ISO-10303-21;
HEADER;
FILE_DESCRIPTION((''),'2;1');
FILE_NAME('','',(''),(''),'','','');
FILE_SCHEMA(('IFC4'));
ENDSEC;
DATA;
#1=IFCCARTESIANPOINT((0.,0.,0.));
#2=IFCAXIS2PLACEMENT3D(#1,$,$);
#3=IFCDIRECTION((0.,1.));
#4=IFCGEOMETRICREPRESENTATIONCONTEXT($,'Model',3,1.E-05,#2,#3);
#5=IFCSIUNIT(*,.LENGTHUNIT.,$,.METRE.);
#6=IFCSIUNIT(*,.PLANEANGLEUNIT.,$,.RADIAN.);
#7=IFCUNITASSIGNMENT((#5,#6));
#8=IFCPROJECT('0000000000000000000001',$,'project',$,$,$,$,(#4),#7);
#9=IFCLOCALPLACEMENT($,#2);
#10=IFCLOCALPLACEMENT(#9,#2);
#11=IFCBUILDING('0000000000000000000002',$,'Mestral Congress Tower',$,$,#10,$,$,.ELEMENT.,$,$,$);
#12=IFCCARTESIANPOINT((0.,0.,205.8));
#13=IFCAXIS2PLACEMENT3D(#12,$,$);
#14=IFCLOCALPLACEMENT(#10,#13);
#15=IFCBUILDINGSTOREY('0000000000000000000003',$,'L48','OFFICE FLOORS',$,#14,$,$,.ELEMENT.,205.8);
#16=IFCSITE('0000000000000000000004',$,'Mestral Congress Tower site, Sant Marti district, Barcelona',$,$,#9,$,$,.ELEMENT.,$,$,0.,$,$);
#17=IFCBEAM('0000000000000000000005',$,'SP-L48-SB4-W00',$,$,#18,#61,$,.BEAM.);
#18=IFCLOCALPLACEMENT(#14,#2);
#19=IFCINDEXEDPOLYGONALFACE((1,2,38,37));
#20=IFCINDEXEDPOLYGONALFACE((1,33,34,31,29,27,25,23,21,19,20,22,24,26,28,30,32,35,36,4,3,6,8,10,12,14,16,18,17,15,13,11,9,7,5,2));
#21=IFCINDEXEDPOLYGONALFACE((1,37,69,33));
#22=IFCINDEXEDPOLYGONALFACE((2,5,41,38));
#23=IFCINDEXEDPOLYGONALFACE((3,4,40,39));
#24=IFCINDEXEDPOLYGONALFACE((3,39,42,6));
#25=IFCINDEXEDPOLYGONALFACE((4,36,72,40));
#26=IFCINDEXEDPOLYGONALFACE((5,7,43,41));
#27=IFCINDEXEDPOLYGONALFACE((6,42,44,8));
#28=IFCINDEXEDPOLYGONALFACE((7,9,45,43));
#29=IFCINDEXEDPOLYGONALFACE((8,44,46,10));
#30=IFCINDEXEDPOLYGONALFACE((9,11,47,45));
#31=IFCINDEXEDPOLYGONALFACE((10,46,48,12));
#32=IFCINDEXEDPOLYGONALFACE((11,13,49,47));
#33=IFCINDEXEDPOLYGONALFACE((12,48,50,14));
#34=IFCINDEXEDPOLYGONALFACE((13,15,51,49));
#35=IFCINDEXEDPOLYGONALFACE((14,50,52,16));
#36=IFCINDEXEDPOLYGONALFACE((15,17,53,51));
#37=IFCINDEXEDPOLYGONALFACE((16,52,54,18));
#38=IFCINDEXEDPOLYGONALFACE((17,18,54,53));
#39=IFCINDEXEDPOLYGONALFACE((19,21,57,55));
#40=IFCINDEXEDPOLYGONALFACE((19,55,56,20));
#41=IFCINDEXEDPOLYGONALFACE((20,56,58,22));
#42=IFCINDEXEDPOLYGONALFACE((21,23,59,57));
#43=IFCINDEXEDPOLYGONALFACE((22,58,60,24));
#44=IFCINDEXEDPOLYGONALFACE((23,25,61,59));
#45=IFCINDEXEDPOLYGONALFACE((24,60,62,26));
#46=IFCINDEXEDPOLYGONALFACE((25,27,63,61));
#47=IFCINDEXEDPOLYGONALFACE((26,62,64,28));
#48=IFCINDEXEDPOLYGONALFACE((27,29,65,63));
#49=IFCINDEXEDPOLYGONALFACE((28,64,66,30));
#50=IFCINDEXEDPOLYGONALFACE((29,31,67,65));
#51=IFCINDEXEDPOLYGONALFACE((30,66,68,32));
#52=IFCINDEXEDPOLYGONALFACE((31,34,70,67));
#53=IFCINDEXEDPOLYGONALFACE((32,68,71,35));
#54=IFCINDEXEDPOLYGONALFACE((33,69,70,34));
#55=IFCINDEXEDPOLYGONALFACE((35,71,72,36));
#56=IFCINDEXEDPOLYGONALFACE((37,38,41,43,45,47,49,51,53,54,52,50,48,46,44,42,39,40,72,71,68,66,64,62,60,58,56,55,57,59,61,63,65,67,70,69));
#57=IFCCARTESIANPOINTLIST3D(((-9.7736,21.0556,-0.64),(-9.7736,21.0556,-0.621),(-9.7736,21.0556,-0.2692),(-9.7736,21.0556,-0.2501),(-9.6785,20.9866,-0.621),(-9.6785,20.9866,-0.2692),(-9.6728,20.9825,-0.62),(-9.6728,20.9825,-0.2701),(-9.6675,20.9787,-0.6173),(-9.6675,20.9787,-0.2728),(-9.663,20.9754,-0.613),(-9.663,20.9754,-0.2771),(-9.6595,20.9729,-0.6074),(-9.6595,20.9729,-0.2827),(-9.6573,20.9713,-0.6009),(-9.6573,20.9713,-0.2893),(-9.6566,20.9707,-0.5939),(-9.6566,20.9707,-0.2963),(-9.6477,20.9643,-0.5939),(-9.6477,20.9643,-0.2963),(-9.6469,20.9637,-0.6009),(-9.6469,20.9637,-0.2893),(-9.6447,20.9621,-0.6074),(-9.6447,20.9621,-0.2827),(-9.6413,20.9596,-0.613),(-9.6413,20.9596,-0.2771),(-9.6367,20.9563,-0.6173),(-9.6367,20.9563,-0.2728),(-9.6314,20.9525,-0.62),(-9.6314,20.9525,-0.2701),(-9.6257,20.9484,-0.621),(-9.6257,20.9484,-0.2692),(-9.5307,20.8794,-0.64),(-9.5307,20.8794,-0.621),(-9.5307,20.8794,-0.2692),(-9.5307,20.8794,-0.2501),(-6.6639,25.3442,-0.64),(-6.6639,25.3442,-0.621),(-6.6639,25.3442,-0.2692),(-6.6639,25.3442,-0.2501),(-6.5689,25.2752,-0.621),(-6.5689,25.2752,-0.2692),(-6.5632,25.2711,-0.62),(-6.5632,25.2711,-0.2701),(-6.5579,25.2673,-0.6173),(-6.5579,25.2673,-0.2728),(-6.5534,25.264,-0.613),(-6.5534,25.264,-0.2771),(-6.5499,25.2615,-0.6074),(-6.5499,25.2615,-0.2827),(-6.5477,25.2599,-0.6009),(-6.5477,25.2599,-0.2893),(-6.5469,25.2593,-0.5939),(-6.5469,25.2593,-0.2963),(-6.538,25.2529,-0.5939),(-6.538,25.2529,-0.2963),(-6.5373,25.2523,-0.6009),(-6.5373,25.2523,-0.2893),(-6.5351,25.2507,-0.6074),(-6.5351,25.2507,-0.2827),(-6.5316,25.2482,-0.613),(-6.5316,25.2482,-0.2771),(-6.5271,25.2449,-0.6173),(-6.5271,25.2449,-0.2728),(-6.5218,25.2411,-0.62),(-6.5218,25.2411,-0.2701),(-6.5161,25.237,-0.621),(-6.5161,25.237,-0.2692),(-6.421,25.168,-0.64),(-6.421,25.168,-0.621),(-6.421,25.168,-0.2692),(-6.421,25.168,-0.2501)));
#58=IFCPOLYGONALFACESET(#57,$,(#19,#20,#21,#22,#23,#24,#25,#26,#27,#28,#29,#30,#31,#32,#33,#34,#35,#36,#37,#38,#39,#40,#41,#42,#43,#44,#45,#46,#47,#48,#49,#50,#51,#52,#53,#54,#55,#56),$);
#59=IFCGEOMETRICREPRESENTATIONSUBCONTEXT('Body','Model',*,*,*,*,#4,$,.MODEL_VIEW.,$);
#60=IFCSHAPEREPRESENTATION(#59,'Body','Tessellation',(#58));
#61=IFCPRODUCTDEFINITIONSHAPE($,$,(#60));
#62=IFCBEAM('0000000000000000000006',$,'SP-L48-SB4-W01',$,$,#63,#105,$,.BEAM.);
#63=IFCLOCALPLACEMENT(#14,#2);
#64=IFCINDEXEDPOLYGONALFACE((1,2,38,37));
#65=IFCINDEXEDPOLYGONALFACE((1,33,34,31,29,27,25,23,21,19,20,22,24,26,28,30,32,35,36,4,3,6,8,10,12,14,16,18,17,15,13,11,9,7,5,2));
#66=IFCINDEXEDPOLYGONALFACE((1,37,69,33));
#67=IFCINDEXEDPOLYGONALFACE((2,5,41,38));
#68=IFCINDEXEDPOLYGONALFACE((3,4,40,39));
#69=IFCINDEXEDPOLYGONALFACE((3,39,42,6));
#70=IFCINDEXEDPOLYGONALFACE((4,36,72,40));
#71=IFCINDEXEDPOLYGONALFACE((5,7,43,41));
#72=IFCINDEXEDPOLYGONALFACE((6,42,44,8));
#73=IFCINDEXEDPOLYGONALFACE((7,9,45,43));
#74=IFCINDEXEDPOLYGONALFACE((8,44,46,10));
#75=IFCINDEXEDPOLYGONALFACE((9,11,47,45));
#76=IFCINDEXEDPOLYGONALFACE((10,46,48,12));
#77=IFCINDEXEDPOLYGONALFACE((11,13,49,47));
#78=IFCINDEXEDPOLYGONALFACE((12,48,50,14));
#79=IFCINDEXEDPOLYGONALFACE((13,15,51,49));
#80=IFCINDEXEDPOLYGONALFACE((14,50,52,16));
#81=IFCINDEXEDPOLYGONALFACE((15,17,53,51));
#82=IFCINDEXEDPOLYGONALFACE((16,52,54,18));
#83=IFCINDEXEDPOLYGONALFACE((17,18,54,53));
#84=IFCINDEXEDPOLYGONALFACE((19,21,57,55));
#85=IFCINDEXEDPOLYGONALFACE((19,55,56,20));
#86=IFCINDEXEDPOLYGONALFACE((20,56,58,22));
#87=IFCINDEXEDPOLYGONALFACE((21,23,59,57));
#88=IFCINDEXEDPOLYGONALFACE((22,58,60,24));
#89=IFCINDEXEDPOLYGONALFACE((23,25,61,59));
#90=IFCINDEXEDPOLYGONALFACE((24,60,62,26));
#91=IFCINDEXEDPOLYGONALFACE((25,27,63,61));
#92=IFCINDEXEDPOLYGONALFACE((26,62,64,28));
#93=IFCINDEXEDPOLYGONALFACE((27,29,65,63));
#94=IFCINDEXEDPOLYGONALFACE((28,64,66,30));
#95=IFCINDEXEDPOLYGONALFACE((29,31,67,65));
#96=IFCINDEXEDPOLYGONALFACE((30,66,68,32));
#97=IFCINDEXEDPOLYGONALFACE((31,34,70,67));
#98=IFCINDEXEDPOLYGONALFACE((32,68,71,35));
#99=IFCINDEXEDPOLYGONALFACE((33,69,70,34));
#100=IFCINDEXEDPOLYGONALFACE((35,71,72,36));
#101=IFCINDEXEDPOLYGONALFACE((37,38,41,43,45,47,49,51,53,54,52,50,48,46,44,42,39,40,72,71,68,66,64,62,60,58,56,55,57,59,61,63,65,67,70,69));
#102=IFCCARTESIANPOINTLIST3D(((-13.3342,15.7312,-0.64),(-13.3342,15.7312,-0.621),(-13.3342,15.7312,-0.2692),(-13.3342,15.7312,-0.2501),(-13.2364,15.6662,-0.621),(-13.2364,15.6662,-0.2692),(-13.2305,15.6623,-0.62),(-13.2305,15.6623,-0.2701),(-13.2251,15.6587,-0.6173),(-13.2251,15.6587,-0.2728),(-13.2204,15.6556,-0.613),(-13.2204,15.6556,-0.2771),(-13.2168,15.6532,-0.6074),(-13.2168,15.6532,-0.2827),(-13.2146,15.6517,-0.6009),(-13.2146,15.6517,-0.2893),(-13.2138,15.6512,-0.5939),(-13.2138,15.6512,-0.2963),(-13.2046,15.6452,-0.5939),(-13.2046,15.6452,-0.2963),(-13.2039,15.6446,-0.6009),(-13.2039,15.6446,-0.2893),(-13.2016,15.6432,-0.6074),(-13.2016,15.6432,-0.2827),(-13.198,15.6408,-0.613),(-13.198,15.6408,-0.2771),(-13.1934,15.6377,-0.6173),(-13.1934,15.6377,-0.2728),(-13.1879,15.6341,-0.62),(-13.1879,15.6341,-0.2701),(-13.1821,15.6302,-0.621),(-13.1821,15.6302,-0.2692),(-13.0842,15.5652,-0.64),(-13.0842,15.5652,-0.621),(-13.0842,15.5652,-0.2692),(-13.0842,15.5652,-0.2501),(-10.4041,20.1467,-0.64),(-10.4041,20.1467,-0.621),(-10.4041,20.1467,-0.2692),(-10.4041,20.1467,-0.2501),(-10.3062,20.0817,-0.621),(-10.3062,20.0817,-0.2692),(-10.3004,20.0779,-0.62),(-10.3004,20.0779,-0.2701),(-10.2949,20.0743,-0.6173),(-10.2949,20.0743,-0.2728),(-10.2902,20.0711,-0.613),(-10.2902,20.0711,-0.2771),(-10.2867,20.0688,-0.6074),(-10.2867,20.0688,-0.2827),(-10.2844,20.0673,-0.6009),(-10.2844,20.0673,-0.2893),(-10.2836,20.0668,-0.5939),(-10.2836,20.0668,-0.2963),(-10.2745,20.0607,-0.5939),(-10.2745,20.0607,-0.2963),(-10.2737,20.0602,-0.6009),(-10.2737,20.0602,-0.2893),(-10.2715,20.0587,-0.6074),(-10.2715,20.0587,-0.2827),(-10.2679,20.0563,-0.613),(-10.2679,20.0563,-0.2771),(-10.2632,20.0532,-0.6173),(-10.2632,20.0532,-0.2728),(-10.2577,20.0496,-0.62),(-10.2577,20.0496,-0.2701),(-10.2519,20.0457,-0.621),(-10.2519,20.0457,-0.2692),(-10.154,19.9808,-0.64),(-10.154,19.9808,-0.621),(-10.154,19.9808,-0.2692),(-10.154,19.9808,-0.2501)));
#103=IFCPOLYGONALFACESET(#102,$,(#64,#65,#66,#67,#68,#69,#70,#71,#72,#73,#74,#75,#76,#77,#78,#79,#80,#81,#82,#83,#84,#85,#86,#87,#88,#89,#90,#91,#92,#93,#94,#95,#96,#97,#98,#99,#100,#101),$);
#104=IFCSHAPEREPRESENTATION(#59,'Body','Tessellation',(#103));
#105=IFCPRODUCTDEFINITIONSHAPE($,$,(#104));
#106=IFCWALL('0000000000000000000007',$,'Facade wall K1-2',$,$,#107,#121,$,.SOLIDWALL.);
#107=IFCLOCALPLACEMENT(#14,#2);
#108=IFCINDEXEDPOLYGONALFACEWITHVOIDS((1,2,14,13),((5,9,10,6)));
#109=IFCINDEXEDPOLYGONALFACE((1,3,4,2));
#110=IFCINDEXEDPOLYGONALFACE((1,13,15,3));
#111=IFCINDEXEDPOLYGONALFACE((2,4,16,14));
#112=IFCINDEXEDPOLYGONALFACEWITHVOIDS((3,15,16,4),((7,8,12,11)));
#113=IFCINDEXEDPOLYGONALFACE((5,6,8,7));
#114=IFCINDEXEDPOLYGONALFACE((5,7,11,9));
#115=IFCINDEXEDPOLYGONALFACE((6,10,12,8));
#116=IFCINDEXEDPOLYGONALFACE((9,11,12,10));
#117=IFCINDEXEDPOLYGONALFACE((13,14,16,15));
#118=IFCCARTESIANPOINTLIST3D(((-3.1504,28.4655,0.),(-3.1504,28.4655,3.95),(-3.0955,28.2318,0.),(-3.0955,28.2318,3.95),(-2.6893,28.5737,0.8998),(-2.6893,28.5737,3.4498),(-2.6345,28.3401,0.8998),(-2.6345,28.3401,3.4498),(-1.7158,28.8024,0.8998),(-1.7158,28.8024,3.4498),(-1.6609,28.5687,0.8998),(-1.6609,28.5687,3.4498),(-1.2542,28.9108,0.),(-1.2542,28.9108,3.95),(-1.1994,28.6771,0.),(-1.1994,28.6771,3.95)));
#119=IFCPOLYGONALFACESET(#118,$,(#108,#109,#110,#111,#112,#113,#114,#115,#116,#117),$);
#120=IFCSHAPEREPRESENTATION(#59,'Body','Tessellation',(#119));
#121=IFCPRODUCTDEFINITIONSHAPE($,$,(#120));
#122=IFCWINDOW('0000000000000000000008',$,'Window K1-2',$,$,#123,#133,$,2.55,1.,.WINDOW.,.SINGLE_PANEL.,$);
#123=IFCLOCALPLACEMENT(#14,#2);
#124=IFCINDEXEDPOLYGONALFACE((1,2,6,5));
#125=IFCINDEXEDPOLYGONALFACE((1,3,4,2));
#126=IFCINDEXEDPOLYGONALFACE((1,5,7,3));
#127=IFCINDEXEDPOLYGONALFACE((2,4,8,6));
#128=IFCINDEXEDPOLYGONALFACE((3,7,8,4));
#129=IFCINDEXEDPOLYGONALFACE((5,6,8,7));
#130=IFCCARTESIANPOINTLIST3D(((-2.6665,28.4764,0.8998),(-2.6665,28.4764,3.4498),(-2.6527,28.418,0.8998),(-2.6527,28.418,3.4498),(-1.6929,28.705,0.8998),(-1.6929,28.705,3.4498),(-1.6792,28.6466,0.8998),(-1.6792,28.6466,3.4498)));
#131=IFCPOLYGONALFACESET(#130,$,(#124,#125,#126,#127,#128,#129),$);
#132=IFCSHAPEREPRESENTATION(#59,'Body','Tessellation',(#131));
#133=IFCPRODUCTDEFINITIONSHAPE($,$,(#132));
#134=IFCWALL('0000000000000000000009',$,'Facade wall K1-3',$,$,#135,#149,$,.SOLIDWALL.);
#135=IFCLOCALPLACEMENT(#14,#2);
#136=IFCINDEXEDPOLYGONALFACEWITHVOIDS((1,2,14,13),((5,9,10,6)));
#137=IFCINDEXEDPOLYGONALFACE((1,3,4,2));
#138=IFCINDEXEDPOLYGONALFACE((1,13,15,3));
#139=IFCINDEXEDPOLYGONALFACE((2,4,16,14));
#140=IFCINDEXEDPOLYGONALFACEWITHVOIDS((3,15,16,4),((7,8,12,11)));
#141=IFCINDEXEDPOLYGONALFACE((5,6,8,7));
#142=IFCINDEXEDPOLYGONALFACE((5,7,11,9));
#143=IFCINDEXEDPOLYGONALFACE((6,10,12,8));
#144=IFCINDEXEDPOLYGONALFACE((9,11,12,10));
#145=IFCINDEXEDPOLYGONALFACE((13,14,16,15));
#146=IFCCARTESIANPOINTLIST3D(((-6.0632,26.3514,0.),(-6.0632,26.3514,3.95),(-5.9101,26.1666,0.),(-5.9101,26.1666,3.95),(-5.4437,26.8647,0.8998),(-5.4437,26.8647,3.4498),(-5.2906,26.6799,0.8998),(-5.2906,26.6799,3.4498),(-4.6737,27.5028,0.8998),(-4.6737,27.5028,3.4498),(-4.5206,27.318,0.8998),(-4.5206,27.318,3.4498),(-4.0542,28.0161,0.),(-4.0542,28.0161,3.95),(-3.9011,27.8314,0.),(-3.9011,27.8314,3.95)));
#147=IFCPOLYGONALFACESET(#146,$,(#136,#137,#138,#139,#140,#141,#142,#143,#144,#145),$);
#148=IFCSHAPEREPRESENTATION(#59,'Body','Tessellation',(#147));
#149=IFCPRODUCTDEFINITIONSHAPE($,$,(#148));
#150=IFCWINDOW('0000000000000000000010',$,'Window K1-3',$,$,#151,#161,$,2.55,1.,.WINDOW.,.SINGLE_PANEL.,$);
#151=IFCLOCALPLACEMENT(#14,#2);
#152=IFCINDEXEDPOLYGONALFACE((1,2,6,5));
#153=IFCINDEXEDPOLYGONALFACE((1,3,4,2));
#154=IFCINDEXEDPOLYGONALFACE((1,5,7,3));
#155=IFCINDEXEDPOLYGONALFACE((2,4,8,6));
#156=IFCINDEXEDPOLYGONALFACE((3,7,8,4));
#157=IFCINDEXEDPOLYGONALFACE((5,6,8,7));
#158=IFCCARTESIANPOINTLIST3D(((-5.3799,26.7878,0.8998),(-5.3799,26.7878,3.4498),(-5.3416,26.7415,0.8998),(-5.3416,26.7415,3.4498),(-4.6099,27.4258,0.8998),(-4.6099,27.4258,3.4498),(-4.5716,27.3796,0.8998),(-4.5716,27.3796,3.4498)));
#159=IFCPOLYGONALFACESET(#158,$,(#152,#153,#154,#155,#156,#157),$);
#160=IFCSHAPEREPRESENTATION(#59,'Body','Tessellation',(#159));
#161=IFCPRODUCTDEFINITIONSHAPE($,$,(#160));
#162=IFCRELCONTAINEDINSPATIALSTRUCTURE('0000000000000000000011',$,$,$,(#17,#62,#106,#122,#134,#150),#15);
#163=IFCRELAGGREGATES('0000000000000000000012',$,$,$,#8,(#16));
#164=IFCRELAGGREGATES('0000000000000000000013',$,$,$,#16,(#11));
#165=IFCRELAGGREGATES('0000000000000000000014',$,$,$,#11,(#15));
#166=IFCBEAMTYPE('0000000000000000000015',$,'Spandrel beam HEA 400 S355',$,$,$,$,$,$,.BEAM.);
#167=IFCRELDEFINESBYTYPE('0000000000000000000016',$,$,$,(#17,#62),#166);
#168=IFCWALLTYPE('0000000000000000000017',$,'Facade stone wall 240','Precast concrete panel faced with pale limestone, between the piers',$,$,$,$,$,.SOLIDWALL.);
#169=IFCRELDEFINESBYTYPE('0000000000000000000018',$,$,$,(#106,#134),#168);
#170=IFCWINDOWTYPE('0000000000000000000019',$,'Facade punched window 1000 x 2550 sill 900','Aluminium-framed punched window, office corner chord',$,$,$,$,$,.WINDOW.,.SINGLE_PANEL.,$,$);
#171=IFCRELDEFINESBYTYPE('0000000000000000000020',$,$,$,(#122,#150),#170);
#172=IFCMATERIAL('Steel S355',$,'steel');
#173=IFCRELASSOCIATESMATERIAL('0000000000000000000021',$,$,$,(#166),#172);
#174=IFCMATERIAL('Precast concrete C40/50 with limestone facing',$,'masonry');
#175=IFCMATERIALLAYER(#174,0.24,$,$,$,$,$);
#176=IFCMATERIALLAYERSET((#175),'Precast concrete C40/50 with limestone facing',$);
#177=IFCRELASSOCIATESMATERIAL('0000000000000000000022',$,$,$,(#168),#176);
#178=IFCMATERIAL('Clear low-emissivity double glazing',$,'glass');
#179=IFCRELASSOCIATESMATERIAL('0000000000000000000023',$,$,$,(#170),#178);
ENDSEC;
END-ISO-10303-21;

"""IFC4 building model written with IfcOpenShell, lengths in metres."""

from ifc_helpers import new_model, si_unit, direction, frame, frame_2d, origin, origin_2d, place, context, subcontext, project, spatial, rectangle, i_section, extrude, material, layer, layer_set, material_profile, profile_set, type_object, element, fill, save


model = new_model("IFC4")

# Units and contexts
model_context = context("Model", 3, precision=1e-05, world=origin(), true_north=direction((0.0, 1.0)))
body_context = subcontext(model_context, "Body", "Model", "MODEL_VIEW")
ifc_project = project(units=[si_unit("LENGTHUNIT", "METRE"), si_unit("PLANEANGLEUNIT", "RADIAN")], contexts=[model_context])

# Site, building, storey
site_placement = place(None, origin())
site = spatial("IfcSite", under=ifc_project, at=site_placement, Name="Mestral Congress Tower site, Sant Marti district, Barcelona", CompositionType="ELEMENT", RefElevation=0.0)
building_placement = place(site_placement, origin())
building = spatial("IfcBuilding", under=site, at=building_placement, Name="Mestral Congress Tower", CompositionType="ELEMENT")
storey_placement = place(building_placement, frame((0.0, 0.0, 205.8)))
storey = spatial("IfcBuildingStorey", under=building, at=storey_placement, Name="L48", Description="OFFICE FLOORS", CompositionType="ELEMENT", Elevation=205.8)

# Beams
ifc_material_1 = material(Name="Steel S355", Category="steel")
ifc_material_profile_1 = material_profile(ifc_material_1, i_section(OverallWidth=0.3, OverallDepth=0.3899, WebThickness=0.011, FlangeThickness=0.019, FilletRadius=0.0271, at=origin_2d()), Name="HEA 400")
ifc_profile_set_1 = profile_set([ifc_material_profile_1], Name="Steel S355")
beam_type_1 = type_object("IfcBeamType", Name="Spandrel beam HEA 400 S355", PredefinedType="BEAM", material=ifc_profile_set_1)
beam_1_placement = place(storey_placement, frame((-6.5425, 25.2561, -0.4451), z_axis=(-0.587017, -0.809574, 0.0), x_axis=(0.809574, -0.587017, 0.0)))
element("IfcBeam", 1, at=beam_1_placement, inside=storey, type_object=beam_type_1, Name="SP-L48-SB4-W00", PredefinedType="BEAM", context=body_context, shape_type="SweptSolid", body=[
    extrude(i_section(OverallWidth=0.3, OverallDepth=0.3899, WebThickness=0.011, FlangeThickness=0.019, FilletRadius=0.0271, at=origin_2d()), origin(), (0.0, 0.0, 1.0), 5.2974),
])
beam_2_placement = place(storey_placement, frame((-10.2791, 20.0637, -0.4451), z_axis=(-0.552934, -0.833225, 0.0), x_axis=(0.833225, -0.552934, 0.0)))
element("IfcBeam", 2, at=beam_2_placement, inside=storey, type_object=beam_type_1, Name="SP-L48-SB4-W01", PredefinedType="BEAM", context=body_context, shape_type="SweptSolid", body=[
    extrude(i_section(OverallWidth=0.3, OverallDepth=0.3899, WebThickness=0.011, FlangeThickness=0.019, FilletRadius=0.0271, at=origin_2d()), origin(), (0.0, 0.0, 1.0), 5.2993),
])

# Walls, openings, windows
ifc_material_2 = material(Name="Precast concrete C40/50 with limestone facing", Category="masonry")
ifc_layer_1 = layer(ifc_material_2, 0.24)
ifc_layer_set_1 = layer_set([ifc_layer_1], Name="Precast concrete C40/50 with limestone facing")
wall_type_1 = type_object("IfcWallType", Name="Facade stone wall 240", Description="Precast concrete panel faced with pale limestone, between the piers", PredefinedType="SOLIDWALL", material=ifc_layer_set_1)
wall_1_placement = place(storey_placement, frame((-1.2268, 28.7939, 0.0), z_axis=(0.0, 0.0, 1.0), x_axis=(-0.973516, -0.22862, 0.0)))
wall_1 = element("IfcWall", 3, at=wall_1_placement, inside=storey, type_object=wall_type_1, Name="Facade wall K1-2", PredefinedType="SOLIDWALL", context=body_context, shape_type="SweptSolid", body=[
    extrude(rectangle(XDim=1.9478, YDim=0.24, at=frame_2d((0.9739, 0.0))), origin(), (0.0, 0.0, 1.0), 3.95),
])
opening_1_placement = place(wall_1_placement, frame((0.4741, 0.0, 0.8999)))
opening_1 = element("IfcOpeningElement", 4, at=opening_1_placement, cuts=wall_1, PredefinedType="OPENING", context=body_context, shape_type="SweptSolid", body=[
    extrude(rectangle(XDim=1.0, YDim=2.55, at=frame_2d((0.5, 1.2749))), frame((0.0, 0.1299, 0.0), z_axis=(0.0, -1.0, 0.0), x_axis=(1.0, 0.0, 0.0)), (0.0, 0.0, 1.0), 0.26),
])
ifc_material_3 = material(Name="Clear low-emissivity double glazing", Category="glass")
window_type_1 = type_object("IfcWindowType", Name="Facade punched window 1000 x 2550 sill 900", Description="Aluminium-framed punched window, office corner chord", PartitioningType="SINGLE_PANEL", PredefinedType="WINDOW", material=ifc_material_3)
window_1_placement = place(opening_1_placement, origin())
window_1 = element("IfcWindow", 5, at=window_1_placement, inside=storey, type_object=window_type_1, Name="Window K1-2", OverallHeight=2.55, OverallWidth=1.0, PartitioningType="SINGLE_PANEL", PredefinedType="WINDOW", context=body_context, shape_type="SweptSolid", body=[
    extrude(rectangle(XDim=1.0, YDim=2.55, at=frame_2d((0.5, 1.2749))), frame((0.0, 0.04, 0.0), z_axis=(0.0, -1.0, 0.0), x_axis=(1.0, 0.0, 0.0)), (0.0, 0.0, 1.0), 0.0601),
])
fill(opening_1, window_1)
wall_2_placement = place(storey_placement, frame((-3.9775, 27.9238, 0.0), z_axis=(0.0, 0.0, 1.0), x_axis=(-0.76999, -0.638056, 0.0)))
wall_2 = element("IfcWall", 6, at=wall_2_placement, inside=storey, type_object=wall_type_1, Name="Facade wall K1-3", PredefinedType="SOLIDWALL", context=body_context, shape_type="SweptSolid", body=[
    extrude(rectangle(XDim=2.6091, YDim=0.24, at=frame_2d((1.3047, 0.0))), origin(), (0.0, 0.0, 1.0), 3.95),
])
opening_2_placement = place(wall_2_placement, frame((0.8047, 0.0, 0.8999)))
opening_2 = element("IfcOpeningElement", 7, at=opening_2_placement, cuts=wall_2, PredefinedType="OPENING", context=body_context, shape_type="SweptSolid", body=[
    extrude(rectangle(XDim=1.0, YDim=2.55, at=frame_2d((0.5, 1.2749))), frame((0.0, 0.1299, 0.0), z_axis=(0.0, -1.0, 0.0), x_axis=(1.0, 0.0, 0.0)), (0.0, 0.0, 1.0), 0.26),
])
window_2_placement = place(opening_2_placement, origin())
window_2 = element("IfcWindow", 8, at=window_2_placement, inside=storey, type_object=window_type_1, Name="Window K1-3", OverallHeight=2.55, OverallWidth=1.0, PartitioningType="SINGLE_PANEL", PredefinedType="WINDOW", context=body_context, shape_type="SweptSolid", body=[
    extrude(rectangle(XDim=1.0, YDim=2.55, at=frame_2d((0.5, 1.2749))), frame((0.0, 0.04, 0.0), z_axis=(0.0, -1.0, 0.0), x_axis=(1.0, 0.0, 0.0)), (0.0, 0.0, 1.0), 0.0601),
])
fill(opening_2, window_2)

save(model, "model.ifc")
